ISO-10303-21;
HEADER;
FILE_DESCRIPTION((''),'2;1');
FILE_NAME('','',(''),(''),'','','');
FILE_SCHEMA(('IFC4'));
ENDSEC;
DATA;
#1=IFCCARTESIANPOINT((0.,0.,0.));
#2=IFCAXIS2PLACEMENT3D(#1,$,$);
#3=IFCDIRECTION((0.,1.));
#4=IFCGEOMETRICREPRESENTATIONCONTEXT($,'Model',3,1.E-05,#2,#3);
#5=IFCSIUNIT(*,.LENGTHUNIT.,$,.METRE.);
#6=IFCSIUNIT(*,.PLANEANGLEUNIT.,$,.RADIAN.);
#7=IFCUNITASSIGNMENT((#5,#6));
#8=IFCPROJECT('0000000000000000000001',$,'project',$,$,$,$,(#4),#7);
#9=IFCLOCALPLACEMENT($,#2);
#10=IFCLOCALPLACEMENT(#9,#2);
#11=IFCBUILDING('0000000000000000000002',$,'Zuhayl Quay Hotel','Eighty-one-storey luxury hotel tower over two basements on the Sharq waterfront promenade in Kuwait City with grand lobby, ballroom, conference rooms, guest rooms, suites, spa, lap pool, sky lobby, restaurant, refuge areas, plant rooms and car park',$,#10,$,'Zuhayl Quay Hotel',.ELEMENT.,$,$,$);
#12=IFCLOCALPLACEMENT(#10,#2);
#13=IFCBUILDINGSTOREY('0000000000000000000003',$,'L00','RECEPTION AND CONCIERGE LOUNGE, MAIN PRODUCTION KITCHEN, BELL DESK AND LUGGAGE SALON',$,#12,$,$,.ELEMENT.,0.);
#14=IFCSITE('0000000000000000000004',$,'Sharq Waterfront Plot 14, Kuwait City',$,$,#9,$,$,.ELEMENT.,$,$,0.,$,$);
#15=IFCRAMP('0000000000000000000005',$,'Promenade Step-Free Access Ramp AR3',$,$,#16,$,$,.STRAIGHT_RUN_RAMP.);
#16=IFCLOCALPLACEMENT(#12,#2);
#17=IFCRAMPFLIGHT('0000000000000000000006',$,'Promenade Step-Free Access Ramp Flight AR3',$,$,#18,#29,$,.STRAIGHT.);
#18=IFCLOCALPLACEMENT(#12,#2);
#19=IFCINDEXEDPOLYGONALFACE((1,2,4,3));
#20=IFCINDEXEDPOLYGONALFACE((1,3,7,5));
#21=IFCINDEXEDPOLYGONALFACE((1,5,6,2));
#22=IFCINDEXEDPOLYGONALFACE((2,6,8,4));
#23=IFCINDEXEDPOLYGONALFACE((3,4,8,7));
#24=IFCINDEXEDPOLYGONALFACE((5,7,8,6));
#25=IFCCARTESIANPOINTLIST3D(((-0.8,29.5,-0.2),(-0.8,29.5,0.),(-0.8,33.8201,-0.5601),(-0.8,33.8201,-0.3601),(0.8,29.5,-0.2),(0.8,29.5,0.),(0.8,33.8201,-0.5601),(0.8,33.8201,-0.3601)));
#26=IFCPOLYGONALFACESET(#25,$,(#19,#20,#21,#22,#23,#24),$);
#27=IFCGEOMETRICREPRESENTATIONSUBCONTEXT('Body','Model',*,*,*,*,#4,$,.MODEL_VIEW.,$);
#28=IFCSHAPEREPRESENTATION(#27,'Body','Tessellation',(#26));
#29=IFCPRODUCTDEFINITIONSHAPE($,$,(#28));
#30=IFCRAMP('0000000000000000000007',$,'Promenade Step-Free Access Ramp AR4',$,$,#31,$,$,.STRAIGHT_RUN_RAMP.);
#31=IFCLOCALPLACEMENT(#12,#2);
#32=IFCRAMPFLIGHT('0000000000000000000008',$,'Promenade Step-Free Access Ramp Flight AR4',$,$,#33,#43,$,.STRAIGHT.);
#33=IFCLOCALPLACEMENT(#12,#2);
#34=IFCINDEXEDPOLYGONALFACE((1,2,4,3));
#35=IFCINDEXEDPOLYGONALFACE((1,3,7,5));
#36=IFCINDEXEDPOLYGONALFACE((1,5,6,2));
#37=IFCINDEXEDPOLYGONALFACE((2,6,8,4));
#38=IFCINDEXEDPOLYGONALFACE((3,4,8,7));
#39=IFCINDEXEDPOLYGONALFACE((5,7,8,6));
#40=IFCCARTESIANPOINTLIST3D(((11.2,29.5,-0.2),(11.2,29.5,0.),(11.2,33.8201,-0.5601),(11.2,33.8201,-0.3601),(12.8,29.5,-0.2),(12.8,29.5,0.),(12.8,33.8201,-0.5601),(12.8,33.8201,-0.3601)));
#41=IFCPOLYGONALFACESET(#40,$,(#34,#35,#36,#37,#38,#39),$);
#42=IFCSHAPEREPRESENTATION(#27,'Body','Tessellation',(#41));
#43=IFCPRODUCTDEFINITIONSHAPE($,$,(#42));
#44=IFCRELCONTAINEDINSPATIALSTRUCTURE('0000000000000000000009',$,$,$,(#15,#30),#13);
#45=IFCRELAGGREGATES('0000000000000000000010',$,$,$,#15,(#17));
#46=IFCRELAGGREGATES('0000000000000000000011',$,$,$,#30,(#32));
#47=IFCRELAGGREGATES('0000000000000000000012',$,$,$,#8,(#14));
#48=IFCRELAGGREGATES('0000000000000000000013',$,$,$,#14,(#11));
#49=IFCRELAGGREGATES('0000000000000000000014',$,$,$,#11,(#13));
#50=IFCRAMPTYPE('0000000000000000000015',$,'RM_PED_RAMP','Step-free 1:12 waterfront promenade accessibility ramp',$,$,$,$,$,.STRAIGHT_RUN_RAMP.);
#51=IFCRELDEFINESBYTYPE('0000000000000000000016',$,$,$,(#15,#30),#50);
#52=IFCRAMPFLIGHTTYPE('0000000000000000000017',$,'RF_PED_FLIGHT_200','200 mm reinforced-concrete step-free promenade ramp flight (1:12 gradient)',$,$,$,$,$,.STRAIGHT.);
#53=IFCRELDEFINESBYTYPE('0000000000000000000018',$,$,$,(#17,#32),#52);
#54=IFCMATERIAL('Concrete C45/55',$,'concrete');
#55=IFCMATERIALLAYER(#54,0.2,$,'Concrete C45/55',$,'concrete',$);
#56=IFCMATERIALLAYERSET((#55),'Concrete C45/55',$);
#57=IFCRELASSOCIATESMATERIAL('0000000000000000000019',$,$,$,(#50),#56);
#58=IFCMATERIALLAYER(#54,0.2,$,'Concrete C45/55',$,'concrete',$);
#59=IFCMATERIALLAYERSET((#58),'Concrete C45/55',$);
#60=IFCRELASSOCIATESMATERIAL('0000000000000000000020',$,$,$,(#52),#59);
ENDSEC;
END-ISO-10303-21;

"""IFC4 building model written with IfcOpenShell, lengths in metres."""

from ifc_helpers import new_model, si_unit, direction, frame, origin, place, context, subcontext, project, spatial, polyline, outline, extrude, material, layer, layer_set, type_object, element, aggregate, save


model = new_model("IFC4")

# Units and contexts
model_context = context("Model", 3, precision=1e-05, world=origin(), true_north=direction((0.0, 1.0)))
body_context = subcontext(model_context, "Body", "Model", "MODEL_VIEW")
ifc_project = project(units=[si_unit("LENGTHUNIT", "METRE"), si_unit("PLANEANGLEUNIT", "RADIAN")], contexts=[model_context])

# Site, building, storey
site_placement = place(None, origin())
site = spatial("IfcSite", under=ifc_project, at=site_placement, Name="Sharq Waterfront Plot 14, Kuwait City", CompositionType="ELEMENT", RefElevation=0.0)
building_placement = place(site_placement, origin())
building = spatial("IfcBuilding", under=site, at=building_placement, Name="Zuhayl Quay Hotel", Description="Eighty-one-storey luxury hotel tower over two basements on the Sharq waterfront promenade in Kuwait City with grand lobby, ballroom, conference rooms, guest rooms, suites, spa, lap pool, sky lobby, restaurant, refuge areas, plant rooms and car park", LongName="Zuhayl Quay Hotel", CompositionType="ELEMENT")
storey_placement = place(building_placement, origin())
storey = spatial("IfcBuildingStorey", under=building, at=storey_placement, Name="L00", Description="RECEPTION AND CONCIERGE LOUNGE, MAIN PRODUCTION KITCHEN, BELL DESK AND LUGGAGE SALON", CompositionType="ELEMENT", Elevation=0.0)

# Ramps, ramp flights
ifc_material_1 = material(Name="Concrete C45/55", Category="concrete")
ifc_layer_1 = layer(ifc_material_1, 0.2, Name="Concrete C45/55", Category="concrete")
ifc_layer_set_1 = layer_set([ifc_layer_1], Name="Concrete C45/55")
ramp_type = type_object("IfcRampType", Name="RM_PED_RAMP", Description="Step-free 1:12 waterfront promenade accessibility ramp", PredefinedType="STRAIGHT_RUN_RAMP", material=ifc_layer_set_1)
ramp_1_placement = place(storey_placement, origin())
ramp_1 = element("IfcRamp", 1, at=ramp_1_placement, inside=storey, type_object=ramp_type, Name="Promenade Step-Free Access Ramp AR3", PredefinedType="STRAIGHT_RUN_RAMP")
ifc_layer_2 = layer(ifc_material_1, 0.2, Name="Concrete C45/55", Category="concrete")
ifc_layer_set_2 = layer_set([ifc_layer_2], Name="Concrete C45/55")
ramp_flight_type = type_object("IfcRampFlightType", Name="RF_PED_FLIGHT_200", Description="200 mm reinforced-concrete step-free promenade ramp flight (1:12 gradient)", PredefinedType="STRAIGHT", material=ifc_layer_set_2)
ramp_flight_1_placement = place(storey_placement, frame((0.0, 33.8201, -0.3601), z_axis=(0.0, 0.0, 1.0), x_axis=(0.0, -1.0, 0.0)))
ramp_flight_1 = element("IfcRampFlight", 2, at=ramp_flight_1_placement, type_object=ramp_flight_type, Name="Promenade Step-Free Access Ramp Flight AR3", PredefinedType="STRAIGHT", context=body_context, shape_type="SweptSolid", body=[
    extrude(outline(polyline([(0.0, -0.2), (4.3201, 0.1602), (4.3201, 0.3601), (0.0, 0.0), (0.0, -0.2)])), frame((0.0, 0.8, 0.0), z_axis=(0.0, -1.0, 0.0), x_axis=(1.0, 0.0, 0.0)), (0.0, 0.0, 1.0), 1.6001),
])
aggregate(ramp_1, [ramp_flight_1])
ramp_2_placement = place(storey_placement, origin())
ramp_2 = element("IfcRamp", 3, at=ramp_2_placement, inside=storey, type_object=ramp_type, Name="Promenade Step-Free Access Ramp AR4", PredefinedType="STRAIGHT_RUN_RAMP")
ramp_flight_2_placement = place(storey_placement, frame((12.0, 33.8201, -0.3601), z_axis=(0.0, 0.0, 1.0), x_axis=(0.0, -1.0, 0.0)))
ramp_flight_2 = element("IfcRampFlight", 4, at=ramp_flight_2_placement, type_object=ramp_flight_type, Name="Promenade Step-Free Access Ramp Flight AR4", PredefinedType="STRAIGHT", context=body_context, shape_type="SweptSolid", body=[
    extrude(outline(polyline([(0.0, -0.2), (4.3201, 0.1602), (4.3201, 0.3601), (0.0, 0.0), (0.0, -0.2)])), frame((0.0, 0.8, 0.0), z_axis=(0.0, -1.0, 0.0), x_axis=(1.0, 0.0, 0.0)), (0.0, 0.0, 1.0), 1.6001),
])
aggregate(ramp_2, [ramp_flight_2])

save(model, "model.ifc")
